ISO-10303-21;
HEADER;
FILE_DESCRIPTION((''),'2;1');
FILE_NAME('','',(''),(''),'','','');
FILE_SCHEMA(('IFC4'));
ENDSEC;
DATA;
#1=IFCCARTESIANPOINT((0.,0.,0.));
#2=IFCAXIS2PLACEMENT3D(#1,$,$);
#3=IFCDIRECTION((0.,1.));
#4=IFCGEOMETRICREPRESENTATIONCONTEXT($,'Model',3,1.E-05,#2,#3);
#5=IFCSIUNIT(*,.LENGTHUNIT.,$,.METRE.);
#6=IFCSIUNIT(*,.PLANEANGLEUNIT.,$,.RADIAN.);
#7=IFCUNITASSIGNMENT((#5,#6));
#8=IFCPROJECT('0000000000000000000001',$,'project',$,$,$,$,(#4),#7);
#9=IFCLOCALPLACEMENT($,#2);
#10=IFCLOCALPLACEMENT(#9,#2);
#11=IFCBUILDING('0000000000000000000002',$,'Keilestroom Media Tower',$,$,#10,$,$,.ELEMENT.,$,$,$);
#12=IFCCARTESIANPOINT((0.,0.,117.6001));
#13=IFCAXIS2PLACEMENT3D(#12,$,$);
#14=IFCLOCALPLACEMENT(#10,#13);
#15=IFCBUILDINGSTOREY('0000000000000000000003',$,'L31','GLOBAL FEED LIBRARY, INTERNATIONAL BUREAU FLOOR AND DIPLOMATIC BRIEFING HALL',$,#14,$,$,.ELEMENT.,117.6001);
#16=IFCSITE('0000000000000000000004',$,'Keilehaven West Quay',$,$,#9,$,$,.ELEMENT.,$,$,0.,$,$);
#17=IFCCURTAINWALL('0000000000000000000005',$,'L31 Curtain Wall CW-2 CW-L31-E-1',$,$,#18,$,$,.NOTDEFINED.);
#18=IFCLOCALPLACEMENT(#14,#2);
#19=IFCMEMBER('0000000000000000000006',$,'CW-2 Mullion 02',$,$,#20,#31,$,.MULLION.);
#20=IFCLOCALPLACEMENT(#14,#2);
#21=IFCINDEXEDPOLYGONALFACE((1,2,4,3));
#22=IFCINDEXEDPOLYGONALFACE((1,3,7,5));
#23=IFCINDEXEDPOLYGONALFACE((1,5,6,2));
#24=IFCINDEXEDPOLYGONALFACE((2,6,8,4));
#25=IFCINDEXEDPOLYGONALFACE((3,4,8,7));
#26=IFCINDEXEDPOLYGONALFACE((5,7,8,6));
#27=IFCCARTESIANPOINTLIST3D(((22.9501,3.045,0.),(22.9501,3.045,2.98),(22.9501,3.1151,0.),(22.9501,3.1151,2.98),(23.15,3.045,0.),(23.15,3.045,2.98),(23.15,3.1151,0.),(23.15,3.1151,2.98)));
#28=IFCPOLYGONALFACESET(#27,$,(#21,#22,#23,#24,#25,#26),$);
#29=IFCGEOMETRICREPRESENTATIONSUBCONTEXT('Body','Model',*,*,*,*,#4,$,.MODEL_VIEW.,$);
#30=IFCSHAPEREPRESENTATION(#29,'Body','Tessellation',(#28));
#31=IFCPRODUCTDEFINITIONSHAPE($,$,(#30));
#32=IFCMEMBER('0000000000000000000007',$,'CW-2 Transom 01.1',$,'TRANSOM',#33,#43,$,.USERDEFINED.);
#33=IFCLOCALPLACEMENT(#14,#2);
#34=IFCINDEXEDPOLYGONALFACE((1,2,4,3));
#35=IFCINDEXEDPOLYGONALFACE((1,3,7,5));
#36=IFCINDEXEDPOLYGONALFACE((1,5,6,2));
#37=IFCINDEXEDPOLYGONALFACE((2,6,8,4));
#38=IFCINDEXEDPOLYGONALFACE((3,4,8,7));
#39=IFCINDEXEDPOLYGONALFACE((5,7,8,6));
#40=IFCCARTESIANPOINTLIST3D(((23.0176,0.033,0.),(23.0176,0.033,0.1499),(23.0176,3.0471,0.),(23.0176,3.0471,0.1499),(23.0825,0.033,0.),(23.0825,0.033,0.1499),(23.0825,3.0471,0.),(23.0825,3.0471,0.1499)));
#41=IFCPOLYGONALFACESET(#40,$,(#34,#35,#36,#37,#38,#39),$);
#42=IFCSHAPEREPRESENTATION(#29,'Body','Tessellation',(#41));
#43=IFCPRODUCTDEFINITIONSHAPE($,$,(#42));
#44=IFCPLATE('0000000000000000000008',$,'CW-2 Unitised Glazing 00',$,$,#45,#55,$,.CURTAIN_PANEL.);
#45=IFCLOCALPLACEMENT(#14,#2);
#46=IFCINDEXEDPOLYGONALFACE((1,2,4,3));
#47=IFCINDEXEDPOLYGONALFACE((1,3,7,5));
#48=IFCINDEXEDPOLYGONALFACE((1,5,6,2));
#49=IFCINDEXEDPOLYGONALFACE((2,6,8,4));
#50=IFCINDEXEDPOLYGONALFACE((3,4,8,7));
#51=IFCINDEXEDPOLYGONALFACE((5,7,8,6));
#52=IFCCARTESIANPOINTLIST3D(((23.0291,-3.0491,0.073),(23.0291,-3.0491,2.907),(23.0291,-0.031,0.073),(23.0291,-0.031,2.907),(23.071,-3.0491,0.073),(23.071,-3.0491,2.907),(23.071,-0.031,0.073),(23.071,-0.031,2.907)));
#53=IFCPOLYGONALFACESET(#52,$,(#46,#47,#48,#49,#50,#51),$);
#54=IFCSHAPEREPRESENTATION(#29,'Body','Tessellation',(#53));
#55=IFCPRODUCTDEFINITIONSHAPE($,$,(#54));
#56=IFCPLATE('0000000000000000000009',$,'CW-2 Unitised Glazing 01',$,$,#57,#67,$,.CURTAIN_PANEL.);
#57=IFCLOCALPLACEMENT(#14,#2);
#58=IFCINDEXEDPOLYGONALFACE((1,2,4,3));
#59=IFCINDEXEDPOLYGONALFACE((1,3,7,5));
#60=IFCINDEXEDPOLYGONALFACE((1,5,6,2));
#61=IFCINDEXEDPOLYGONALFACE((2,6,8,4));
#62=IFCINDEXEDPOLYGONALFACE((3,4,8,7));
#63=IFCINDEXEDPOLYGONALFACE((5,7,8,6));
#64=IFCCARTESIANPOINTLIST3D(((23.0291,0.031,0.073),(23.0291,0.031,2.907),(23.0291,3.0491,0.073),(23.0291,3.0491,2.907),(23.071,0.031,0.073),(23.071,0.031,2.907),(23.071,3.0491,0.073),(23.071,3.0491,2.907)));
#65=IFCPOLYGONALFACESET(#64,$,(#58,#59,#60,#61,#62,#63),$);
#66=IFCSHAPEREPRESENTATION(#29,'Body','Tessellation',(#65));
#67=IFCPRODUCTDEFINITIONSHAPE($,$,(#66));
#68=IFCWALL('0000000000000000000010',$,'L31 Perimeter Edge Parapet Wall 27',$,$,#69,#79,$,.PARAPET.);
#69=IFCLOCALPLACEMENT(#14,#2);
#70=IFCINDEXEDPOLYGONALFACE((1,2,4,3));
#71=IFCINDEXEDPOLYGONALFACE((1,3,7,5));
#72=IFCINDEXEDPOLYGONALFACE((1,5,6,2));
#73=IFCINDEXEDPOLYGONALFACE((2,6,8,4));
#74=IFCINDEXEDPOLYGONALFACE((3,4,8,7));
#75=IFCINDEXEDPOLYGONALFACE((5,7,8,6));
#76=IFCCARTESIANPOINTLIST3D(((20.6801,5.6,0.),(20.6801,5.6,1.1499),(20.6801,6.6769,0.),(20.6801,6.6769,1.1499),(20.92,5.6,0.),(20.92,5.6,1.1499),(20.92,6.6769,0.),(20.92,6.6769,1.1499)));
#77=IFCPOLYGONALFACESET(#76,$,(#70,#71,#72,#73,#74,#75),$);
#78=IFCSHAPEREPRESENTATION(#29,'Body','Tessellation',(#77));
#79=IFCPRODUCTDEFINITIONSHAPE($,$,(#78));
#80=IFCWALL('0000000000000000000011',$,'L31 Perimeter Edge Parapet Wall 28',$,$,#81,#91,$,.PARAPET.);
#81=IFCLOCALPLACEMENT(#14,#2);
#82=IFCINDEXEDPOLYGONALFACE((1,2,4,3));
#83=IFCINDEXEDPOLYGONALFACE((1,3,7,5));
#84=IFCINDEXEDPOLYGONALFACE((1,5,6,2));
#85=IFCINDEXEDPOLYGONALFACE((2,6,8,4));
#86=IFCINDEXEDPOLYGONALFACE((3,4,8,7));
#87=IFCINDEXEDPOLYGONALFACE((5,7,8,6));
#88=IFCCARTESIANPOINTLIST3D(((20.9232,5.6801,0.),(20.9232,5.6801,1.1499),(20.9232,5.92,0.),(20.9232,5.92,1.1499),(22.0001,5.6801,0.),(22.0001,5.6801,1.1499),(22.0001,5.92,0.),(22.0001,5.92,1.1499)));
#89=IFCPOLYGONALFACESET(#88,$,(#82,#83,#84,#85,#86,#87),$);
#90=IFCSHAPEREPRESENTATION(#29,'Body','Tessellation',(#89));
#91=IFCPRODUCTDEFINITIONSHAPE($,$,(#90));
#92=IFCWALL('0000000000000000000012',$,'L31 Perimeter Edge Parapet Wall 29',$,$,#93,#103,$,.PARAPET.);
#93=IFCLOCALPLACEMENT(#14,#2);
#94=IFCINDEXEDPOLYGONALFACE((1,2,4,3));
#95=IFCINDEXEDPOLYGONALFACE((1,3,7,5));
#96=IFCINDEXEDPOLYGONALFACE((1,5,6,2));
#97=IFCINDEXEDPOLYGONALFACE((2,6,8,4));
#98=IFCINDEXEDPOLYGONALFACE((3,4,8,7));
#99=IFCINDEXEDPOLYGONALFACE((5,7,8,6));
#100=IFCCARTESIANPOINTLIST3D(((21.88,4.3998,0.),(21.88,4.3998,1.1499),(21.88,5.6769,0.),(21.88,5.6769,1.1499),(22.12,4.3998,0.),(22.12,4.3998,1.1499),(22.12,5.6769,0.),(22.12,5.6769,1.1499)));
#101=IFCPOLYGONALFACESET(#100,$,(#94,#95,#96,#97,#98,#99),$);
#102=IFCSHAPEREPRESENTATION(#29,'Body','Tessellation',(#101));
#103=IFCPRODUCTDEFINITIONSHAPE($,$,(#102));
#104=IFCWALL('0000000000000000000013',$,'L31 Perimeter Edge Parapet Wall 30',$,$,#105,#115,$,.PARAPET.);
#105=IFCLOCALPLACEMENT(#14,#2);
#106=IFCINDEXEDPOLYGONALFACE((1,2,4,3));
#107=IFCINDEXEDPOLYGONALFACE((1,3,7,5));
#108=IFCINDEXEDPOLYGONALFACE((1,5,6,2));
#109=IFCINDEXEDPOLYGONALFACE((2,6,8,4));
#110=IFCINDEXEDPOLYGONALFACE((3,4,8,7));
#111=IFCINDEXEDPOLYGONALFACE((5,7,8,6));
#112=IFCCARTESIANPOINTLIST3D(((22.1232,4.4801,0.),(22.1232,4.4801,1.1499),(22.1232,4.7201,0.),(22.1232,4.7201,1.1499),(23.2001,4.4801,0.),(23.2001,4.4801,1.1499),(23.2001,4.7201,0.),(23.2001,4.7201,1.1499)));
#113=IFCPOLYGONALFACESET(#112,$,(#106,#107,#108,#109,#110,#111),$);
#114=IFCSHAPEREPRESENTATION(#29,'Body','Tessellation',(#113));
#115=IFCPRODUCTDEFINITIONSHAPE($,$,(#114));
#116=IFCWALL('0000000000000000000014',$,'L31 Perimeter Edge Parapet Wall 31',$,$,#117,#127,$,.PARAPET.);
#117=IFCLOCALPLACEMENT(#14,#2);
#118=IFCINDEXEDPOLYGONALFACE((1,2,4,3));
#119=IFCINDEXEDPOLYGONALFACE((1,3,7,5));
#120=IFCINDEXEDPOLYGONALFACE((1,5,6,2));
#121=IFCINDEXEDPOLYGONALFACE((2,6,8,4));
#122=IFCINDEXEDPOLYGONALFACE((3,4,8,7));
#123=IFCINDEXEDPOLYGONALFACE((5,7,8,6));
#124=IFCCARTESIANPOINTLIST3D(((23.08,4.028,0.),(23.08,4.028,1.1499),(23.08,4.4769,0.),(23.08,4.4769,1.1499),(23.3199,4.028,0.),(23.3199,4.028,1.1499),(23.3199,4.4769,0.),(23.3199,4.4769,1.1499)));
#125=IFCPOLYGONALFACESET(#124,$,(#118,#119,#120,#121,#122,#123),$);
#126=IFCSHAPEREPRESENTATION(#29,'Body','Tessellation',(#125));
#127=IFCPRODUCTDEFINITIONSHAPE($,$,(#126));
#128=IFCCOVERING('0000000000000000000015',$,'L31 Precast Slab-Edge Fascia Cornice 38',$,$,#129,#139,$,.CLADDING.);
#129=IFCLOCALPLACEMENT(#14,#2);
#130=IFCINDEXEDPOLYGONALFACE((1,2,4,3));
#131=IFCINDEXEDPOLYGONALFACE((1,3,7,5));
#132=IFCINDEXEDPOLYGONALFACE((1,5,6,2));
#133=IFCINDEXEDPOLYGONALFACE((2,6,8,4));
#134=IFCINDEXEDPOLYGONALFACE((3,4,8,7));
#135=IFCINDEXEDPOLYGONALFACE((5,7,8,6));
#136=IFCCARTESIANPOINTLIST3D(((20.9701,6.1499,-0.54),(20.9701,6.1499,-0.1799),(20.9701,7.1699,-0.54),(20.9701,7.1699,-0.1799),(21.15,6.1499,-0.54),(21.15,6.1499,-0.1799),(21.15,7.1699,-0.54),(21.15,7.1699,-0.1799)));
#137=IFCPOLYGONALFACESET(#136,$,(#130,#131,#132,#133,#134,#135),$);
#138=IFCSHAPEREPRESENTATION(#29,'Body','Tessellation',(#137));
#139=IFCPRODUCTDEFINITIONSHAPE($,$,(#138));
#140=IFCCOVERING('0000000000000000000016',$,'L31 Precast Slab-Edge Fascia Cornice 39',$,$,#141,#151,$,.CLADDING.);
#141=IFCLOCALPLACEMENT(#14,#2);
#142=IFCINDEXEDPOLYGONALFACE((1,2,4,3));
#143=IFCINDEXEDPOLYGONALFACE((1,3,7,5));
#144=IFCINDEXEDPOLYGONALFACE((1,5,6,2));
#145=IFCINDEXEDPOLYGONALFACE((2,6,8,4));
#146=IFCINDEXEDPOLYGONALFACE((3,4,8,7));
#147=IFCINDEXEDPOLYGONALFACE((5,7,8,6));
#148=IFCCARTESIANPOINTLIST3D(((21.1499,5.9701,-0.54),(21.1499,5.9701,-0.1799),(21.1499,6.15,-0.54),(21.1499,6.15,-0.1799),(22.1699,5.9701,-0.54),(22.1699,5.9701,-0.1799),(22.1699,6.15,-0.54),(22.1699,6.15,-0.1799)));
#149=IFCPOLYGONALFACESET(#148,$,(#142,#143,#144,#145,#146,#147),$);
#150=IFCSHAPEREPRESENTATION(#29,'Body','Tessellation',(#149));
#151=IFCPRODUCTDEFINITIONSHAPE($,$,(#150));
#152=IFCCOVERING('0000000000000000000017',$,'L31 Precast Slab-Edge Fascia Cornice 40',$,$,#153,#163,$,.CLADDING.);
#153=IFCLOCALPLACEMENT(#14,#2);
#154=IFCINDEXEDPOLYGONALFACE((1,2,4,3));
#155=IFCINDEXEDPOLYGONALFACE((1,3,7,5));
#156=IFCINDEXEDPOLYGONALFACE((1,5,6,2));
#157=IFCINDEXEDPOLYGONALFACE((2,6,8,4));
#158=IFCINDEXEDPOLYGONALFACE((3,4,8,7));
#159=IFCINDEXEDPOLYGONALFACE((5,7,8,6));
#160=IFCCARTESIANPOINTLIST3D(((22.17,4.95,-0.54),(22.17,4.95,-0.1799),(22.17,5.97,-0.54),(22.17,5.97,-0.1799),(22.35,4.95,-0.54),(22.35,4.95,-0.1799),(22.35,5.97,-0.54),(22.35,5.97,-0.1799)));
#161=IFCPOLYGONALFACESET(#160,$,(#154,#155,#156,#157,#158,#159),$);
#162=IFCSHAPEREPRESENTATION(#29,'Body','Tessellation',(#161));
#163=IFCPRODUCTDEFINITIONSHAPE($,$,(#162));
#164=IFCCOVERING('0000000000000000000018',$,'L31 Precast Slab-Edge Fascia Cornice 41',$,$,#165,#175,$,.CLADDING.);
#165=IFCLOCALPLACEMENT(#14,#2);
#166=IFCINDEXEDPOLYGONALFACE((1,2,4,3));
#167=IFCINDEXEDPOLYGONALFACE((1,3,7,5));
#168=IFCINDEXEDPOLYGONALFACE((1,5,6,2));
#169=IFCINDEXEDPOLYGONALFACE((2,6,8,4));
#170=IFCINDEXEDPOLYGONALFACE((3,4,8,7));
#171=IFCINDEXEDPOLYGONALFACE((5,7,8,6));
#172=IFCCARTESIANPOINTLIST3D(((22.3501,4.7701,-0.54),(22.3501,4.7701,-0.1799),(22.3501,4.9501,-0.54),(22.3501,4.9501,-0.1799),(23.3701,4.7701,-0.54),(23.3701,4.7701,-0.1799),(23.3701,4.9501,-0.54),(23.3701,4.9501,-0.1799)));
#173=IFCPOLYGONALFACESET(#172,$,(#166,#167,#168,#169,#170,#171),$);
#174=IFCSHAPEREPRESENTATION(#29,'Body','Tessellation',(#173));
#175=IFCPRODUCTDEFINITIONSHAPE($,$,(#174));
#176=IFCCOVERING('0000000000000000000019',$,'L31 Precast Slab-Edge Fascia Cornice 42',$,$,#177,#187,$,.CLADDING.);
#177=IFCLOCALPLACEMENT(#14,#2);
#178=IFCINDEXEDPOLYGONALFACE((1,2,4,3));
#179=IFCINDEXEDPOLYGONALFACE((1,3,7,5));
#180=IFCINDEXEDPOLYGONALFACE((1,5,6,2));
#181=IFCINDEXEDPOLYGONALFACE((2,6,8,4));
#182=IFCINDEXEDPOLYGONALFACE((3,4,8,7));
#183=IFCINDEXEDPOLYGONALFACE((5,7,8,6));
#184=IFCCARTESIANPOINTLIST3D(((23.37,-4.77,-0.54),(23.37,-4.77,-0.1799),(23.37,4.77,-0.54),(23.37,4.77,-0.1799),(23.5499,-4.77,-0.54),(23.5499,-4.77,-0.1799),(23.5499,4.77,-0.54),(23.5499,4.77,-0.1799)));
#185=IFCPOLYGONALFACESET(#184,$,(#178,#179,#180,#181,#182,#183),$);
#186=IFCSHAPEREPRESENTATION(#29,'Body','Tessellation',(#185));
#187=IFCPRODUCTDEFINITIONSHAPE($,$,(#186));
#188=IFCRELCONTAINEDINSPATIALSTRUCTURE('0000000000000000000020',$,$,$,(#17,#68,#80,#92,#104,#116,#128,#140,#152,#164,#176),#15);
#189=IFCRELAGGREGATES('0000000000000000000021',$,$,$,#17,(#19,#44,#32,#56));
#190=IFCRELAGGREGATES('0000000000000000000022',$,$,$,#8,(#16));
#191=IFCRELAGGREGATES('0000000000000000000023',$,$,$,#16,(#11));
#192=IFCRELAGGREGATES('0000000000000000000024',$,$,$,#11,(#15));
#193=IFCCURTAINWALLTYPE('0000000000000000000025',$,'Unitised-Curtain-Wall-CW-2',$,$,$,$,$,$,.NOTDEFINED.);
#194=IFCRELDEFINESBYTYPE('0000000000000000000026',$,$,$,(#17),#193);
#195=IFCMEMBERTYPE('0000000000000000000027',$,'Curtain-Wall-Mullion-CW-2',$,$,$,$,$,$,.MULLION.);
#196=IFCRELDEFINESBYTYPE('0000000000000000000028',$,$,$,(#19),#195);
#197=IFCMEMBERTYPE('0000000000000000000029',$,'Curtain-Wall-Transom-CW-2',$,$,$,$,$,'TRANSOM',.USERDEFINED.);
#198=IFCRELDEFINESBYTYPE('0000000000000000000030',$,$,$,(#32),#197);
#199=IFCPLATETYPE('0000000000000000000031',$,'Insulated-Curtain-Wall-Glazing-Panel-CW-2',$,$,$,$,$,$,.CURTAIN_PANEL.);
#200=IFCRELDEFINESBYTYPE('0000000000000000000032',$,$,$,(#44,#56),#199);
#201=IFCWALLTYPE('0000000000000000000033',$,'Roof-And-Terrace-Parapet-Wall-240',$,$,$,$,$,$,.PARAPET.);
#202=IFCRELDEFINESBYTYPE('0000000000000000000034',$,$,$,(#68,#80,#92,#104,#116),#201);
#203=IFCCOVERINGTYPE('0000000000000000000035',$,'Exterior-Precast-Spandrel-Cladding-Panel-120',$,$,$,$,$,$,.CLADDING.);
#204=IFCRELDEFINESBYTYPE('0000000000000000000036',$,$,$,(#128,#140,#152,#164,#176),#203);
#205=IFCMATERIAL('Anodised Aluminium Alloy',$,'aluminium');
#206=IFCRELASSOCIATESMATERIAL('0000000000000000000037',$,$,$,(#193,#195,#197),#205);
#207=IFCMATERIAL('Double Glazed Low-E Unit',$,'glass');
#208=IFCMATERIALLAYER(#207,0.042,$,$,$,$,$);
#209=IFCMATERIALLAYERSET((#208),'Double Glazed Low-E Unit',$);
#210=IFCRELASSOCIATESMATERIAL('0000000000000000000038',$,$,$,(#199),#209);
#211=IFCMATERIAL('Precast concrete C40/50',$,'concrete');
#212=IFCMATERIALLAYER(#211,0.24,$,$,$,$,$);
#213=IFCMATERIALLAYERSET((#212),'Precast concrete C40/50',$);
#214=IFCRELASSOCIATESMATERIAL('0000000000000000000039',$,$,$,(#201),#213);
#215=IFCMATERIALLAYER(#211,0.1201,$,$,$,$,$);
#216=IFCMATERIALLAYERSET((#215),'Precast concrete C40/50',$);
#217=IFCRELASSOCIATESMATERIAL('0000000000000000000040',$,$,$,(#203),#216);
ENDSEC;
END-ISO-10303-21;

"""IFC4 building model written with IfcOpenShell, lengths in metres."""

from ifc_helpers import new_model, si_unit, direction, frame, frame_2d, origin, origin_2d, place, context, subcontext, project, spatial, rectangle, extrude, source, transform, mapped, material, layer, layer_set, material_profile, profile_set, type_object, element, aggregate, save


model = new_model("IFC4")

# Units and contexts
model_context = context("Model", 3, precision=1e-05, world=origin(), true_north=direction((0.0, 1.0)))
body_context = subcontext(model_context, "Body", "Model", "MODEL_VIEW")
ifc_project = project(units=[si_unit("LENGTHUNIT", "METRE"), si_unit("PLANEANGLEUNIT", "RADIAN")], contexts=[model_context])

# Site, building, storey
site_placement = place(None, origin())
site = spatial("IfcSite", under=ifc_project, at=site_placement, Name="Keilehaven West Quay", CompositionType="ELEMENT", RefElevation=0.0)
building_placement = place(site_placement, origin())
building = spatial("IfcBuilding", under=site, at=building_placement, Name="Keilestroom Media Tower", CompositionType="ELEMENT")
storey_placement = place(building_placement, frame((0.0, 0.0, 117.6001)))
storey = spatial("IfcBuildingStorey", under=building, at=storey_placement, Name="L31", Description="GLOBAL FEED LIBRARY, INTERNATIONAL BUREAU FLOOR AND DIPLOMATIC BRIEFING HALL", CompositionType="ELEMENT", Elevation=117.6001)

# Shared definitions
ifc_material_1 = material(Name="Precast concrete C40/50", Category="concrete")

# Curtain wall, members, plates
ifc_material_2 = material(Name="Anodised Aluminium Alloy", Category="aluminium")
curtain_wall_type = type_object("IfcCurtainWallType", Name="Unitised-Curtain-Wall-CW-2", PredefinedType="NOTDEFINED", material=ifc_material_2)
curtain_wall_placement = place(storey_placement, origin())
curtain_wall = element("IfcCurtainWall", 1, at=curtain_wall_placement, inside=storey, type_object=curtain_wall_type, Name="L31 Curtain Wall CW-2 CW-L31-E-1", PredefinedType="NOTDEFINED")
ifc_material_profile_1 = material_profile(ifc_material_2, rectangle(XDim=0.0701, YDim=0.2, at=origin_2d()), Name="ALU MULLION 70x200")
ifc_profile_set_1 = profile_set([ifc_material_profile_1], Name="Anodised Aluminium Alloy")
member_type_1 = type_object("IfcMemberType", Name="Curtain-Wall-Mullion-CW-2", PredefinedType="MULLION", material=ifc_profile_set_1)
shared_shape_1 = source(origin(), body_context, "Body", "SweptSolid", [
    extrude(rectangle(XDim=0.0701, YDim=0.2, at=origin_2d()), origin(), (0.0, 0.0, 1.0), 2.98),
])
member_1_placement = place(storey_placement, frame((23.05, 3.0801, 0.0), z_axis=(0.0, 0.0, 1.0), x_axis=(0.0, 1.0, 0.0)))
member_1 = element("IfcMember", 2, at=member_1_placement, type_object=member_type_1, Name="CW-2 Mullion 02", PredefinedType="MULLION", context=body_context, shape_type="MappedRepresentation", body=[
    mapped(shared_shape_1, transform((0.0, 0.0, 0.0), x_axis=(1.0, 0.0, 0.0), y_axis=(0.0, 1.0, 0.0), z_axis=(0.0, 0.0, 1.0), scale=1.0)),
])
ifc_material_profile_2 = material_profile(ifc_material_2, rectangle(XDim=0.0649, YDim=0.1499, at=origin_2d()), Name="ALU TRANSOM 65x150")
ifc_profile_set_2 = profile_set([ifc_material_profile_2], Name="Anodised Aluminium Alloy")
member_type_2 = type_object("IfcMemberType", Name="Curtain-Wall-Transom-CW-2", ElementType="TRANSOM", PredefinedType="USERDEFINED", material=ifc_profile_set_2)
shared_shape_2 = source(origin(), body_context, "Body", "SweptSolid", [
    extrude(rectangle(XDim=0.0649, YDim=0.1499, at=origin_2d()), origin(), (0.0, 0.0, 1.0), 3.0142),
])
member_2_placement = place(storey_placement, frame((23.05, 0.033, 0.075), z_axis=(0.0, 1.0, 0.0), x_axis=(-1.0, 0.0, 0.0)))
member_2 = element("IfcMember", 3, at=member_2_placement, type_object=member_type_2, Name="CW-2 Transom 01.1", ObjectType="TRANSOM", PredefinedType="USERDEFINED", context=body_context, shape_type="MappedRepresentation", body=[
    mapped(shared_shape_2, transform((0.0, 0.0, 0.0), x_axis=(1.0, 0.0, 0.0), y_axis=(0.0, 1.0, 0.0), z_axis=(0.0, 0.0, 1.0), scale=1.0)),
])
ifc_material_3 = material(Name="Double Glazed Low-E Unit", Category="glass")
ifc_layer_1 = layer(ifc_material_3, 0.042)
ifc_layer_set_1 = layer_set([ifc_layer_1], Name="Double Glazed Low-E Unit")
plate_type = type_object("IfcPlateType", Name="Insulated-Curtain-Wall-Glazing-Panel-CW-2", PredefinedType="CURTAIN_PANEL", material=ifc_layer_set_1)
shared_shape_3 = source(origin(), body_context, "Body", "SweptSolid", [
    extrude(rectangle(XDim=3.0181, YDim=0.042, at=origin_2d()), origin(), (0.0, 0.0, 1.0), 2.834),
])
plate_1_placement = place(storey_placement, frame((23.05, -1.54, 0.073), z_axis=(0.0, 0.0, 1.0), x_axis=(0.0, 1.0, 0.0)))
plate_1 = element("IfcPlate", 4, at=plate_1_placement, type_object=plate_type, Name="CW-2 Unitised Glazing 00", PredefinedType="CURTAIN_PANEL", context=body_context, shape_type="MappedRepresentation", body=[
    mapped(shared_shape_3, transform((0.0, 0.0, 0.0), x_axis=(1.0, 0.0, 0.0), y_axis=(0.0, 1.0, 0.0), z_axis=(0.0, 0.0, 1.0), scale=1.0)),
])
plate_2_placement = place(storey_placement, frame((23.05, 1.54, 0.073), z_axis=(0.0, 0.0, 1.0), x_axis=(0.0, 1.0, 0.0)))
plate_2 = element("IfcPlate", 5, at=plate_2_placement, type_object=plate_type, Name="CW-2 Unitised Glazing 01", PredefinedType="CURTAIN_PANEL", context=body_context, shape_type="MappedRepresentation", body=[
    mapped(shared_shape_3, transform((0.0, 0.0, 0.0), x_axis=(1.0, 0.0, 0.0), y_axis=(0.0, 1.0, 0.0), z_axis=(0.0, 0.0, 1.0), scale=1.0)),
])
aggregate(curtain_wall, [member_1, plate_1, member_2, plate_2])

# Walls
ifc_layer_2 = layer(ifc_material_1, 0.24)
ifc_layer_set_2 = layer_set([ifc_layer_2], Name="Precast concrete C40/50")
wall_type = type_object("IfcWallType", Name="Roof-And-Terrace-Parapet-Wall-240", PredefinedType="PARAPET", material=ifc_layer_set_2)
for number, where, z_axis, x_axis, name in (
    (6, (20.8, 6.677, 0.0), (0.0, 0.0, 1.0), (0.0, -1.0, 0.0), "L31 Perimeter Edge Parapet Wall 27"),
    (7, (20.9231, 5.8, 0.0), (0.0, 0.0, 1.0), (1.0, 0.0, 0.0), "L31 Perimeter Edge Parapet Wall 28"),
):
    element("IfcWall", number, at=place(storey_placement, frame(where, z_axis=z_axis, x_axis=x_axis)), inside=storey, type_object=wall_type, Name=name, PredefinedType="PARAPET", context=body_context, shape_type="SweptSolid", body=[
        extrude(rectangle(XDim=1.0769, YDim=0.24, at=frame_2d((0.5386, 0.0))), origin(), (0.0, 0.0, 1.0), 1.1499),
    ])
wall_1_placement = place(storey_placement, frame((22.0, 5.677, 0.0), z_axis=(0.0, 0.0, 1.0), x_axis=(0.0, -1.0, 0.0)))
element("IfcWall", 8, at=wall_1_placement, inside=storey, type_object=wall_type, Name="L31 Perimeter Edge Parapet Wall 29", PredefinedType="PARAPET", context=body_context, shape_type="SweptSolid", body=[
    extrude(rectangle(XDim=1.2771, YDim=0.24, at=frame_2d((0.6387, 0.0))), origin(), (0.0, 0.0, 1.0), 1.1499),
])
wall_2_placement = place(storey_placement, frame((22.123, 4.6001, 0.0), z_axis=(0.0, 0.0, 1.0), x_axis=(1.0, 0.0, 0.0)))
element("IfcWall", 9, at=wall_2_placement, inside=storey, type_object=wall_type, Name="L31 Perimeter Edge Parapet Wall 30", PredefinedType="PARAPET", context=body_context, shape_type="SweptSolid", body=[
    extrude(rectangle(XDim=1.0769, YDim=0.24, at=frame_2d((0.5386, 0.0))), origin(), (0.0, 0.0, 1.0), 1.1499),
])
wall_3_placement = place(storey_placement, frame((23.2, 4.4771, 0.0), z_axis=(0.0, 0.0, 1.0), x_axis=(0.0, -1.0, 0.0)))
element("IfcWall", 10, at=wall_3_placement, inside=storey, type_object=wall_type, Name="L31 Perimeter Edge Parapet Wall 31", PredefinedType="PARAPET", context=body_context, shape_type="SweptSolid", body=[
    extrude(rectangle(XDim=0.449, YDim=0.24, at=frame_2d((0.2246, 0.0))), origin(), (0.0, 0.0, 1.0), 1.1499),
])

# Coverings
ifc_layer_3 = layer(ifc_material_1, 0.1201)
ifc_layer_set_3 = layer_set([ifc_layer_3], Name="Precast concrete C40/50")
covering_type = type_object("IfcCoveringType", Name="Exterior-Precast-Spandrel-Cladding-Panel-120", PredefinedType="CLADDING", material=ifc_layer_set_3)
shared_shape_4 = source(origin(), body_context, "Body", "SweptSolid", [
    extrude(rectangle(XDim=1.02, YDim=0.1799, at=origin_2d()), origin(), (0.0, 0.0, 1.0), 0.3601),
])
for number, where, z_axis, x_axis, name in (
    (11, (21.0601, 6.6599, -0.54), (0.0, 0.0, 1.0), (0.0, -1.0, 0.0), "L31 Precast Slab-Edge Fascia Cornice 38"),
    (12, (21.6599, 6.0601, -0.54), (0.0, 0.0, 1.0), (1.0, 0.0, 0.0), "L31 Precast Slab-Edge Fascia Cornice 39"),
    (13, (22.26, 5.46, -0.54), (0.0, 0.0, 1.0), (0.0, -1.0, 0.0), "L31 Precast Slab-Edge Fascia Cornice 40"),
    (14, (22.8601, 4.8601, -0.54), (0.0, 0.0, 1.0), (1.0, 0.0, 0.0), "L31 Precast Slab-Edge Fascia Cornice 41"),
):
    element("IfcCovering", number, at=place(storey_placement, frame(where, z_axis=z_axis, x_axis=x_axis)), inside=storey, type_object=covering_type, Name=name, PredefinedType="CLADDING", context=body_context, shape_type="MappedRepresentation", body=[
        mapped(shared_shape_4, transform((0.0, 0.0, 0.0), x_axis=(1.0, 0.0, 0.0), y_axis=(0.0, 1.0, 0.0), z_axis=(0.0, 0.0, 1.0), scale=1.0)),
    ])
shared_shape_5 = source(origin(), body_context, "Body", "SweptSolid", [
    extrude(rectangle(XDim=9.54, YDim=0.1799, at=origin_2d()), origin(), (0.0, 0.0, 1.0), 0.3601),
])
covering_placement = place(storey_placement, frame((23.46, 0.0, -0.54), z_axis=(0.0, 0.0, 1.0), x_axis=(0.0, -1.0, 0.0)))
element("IfcCovering", 15, at=covering_placement, inside=storey, type_object=covering_type, Name="L31 Precast Slab-Edge Fascia Cornice 42", PredefinedType="CLADDING", context=body_context, shape_type="MappedRepresentation", body=[
    mapped(shared_shape_5, transform((0.0, 0.0, 0.0), x_axis=(1.0, 0.0, 0.0), y_axis=(0.0, 1.0, 0.0), z_axis=(0.0, 0.0, 1.0), scale=1.0)),
])

save(model, "model.ifc")
